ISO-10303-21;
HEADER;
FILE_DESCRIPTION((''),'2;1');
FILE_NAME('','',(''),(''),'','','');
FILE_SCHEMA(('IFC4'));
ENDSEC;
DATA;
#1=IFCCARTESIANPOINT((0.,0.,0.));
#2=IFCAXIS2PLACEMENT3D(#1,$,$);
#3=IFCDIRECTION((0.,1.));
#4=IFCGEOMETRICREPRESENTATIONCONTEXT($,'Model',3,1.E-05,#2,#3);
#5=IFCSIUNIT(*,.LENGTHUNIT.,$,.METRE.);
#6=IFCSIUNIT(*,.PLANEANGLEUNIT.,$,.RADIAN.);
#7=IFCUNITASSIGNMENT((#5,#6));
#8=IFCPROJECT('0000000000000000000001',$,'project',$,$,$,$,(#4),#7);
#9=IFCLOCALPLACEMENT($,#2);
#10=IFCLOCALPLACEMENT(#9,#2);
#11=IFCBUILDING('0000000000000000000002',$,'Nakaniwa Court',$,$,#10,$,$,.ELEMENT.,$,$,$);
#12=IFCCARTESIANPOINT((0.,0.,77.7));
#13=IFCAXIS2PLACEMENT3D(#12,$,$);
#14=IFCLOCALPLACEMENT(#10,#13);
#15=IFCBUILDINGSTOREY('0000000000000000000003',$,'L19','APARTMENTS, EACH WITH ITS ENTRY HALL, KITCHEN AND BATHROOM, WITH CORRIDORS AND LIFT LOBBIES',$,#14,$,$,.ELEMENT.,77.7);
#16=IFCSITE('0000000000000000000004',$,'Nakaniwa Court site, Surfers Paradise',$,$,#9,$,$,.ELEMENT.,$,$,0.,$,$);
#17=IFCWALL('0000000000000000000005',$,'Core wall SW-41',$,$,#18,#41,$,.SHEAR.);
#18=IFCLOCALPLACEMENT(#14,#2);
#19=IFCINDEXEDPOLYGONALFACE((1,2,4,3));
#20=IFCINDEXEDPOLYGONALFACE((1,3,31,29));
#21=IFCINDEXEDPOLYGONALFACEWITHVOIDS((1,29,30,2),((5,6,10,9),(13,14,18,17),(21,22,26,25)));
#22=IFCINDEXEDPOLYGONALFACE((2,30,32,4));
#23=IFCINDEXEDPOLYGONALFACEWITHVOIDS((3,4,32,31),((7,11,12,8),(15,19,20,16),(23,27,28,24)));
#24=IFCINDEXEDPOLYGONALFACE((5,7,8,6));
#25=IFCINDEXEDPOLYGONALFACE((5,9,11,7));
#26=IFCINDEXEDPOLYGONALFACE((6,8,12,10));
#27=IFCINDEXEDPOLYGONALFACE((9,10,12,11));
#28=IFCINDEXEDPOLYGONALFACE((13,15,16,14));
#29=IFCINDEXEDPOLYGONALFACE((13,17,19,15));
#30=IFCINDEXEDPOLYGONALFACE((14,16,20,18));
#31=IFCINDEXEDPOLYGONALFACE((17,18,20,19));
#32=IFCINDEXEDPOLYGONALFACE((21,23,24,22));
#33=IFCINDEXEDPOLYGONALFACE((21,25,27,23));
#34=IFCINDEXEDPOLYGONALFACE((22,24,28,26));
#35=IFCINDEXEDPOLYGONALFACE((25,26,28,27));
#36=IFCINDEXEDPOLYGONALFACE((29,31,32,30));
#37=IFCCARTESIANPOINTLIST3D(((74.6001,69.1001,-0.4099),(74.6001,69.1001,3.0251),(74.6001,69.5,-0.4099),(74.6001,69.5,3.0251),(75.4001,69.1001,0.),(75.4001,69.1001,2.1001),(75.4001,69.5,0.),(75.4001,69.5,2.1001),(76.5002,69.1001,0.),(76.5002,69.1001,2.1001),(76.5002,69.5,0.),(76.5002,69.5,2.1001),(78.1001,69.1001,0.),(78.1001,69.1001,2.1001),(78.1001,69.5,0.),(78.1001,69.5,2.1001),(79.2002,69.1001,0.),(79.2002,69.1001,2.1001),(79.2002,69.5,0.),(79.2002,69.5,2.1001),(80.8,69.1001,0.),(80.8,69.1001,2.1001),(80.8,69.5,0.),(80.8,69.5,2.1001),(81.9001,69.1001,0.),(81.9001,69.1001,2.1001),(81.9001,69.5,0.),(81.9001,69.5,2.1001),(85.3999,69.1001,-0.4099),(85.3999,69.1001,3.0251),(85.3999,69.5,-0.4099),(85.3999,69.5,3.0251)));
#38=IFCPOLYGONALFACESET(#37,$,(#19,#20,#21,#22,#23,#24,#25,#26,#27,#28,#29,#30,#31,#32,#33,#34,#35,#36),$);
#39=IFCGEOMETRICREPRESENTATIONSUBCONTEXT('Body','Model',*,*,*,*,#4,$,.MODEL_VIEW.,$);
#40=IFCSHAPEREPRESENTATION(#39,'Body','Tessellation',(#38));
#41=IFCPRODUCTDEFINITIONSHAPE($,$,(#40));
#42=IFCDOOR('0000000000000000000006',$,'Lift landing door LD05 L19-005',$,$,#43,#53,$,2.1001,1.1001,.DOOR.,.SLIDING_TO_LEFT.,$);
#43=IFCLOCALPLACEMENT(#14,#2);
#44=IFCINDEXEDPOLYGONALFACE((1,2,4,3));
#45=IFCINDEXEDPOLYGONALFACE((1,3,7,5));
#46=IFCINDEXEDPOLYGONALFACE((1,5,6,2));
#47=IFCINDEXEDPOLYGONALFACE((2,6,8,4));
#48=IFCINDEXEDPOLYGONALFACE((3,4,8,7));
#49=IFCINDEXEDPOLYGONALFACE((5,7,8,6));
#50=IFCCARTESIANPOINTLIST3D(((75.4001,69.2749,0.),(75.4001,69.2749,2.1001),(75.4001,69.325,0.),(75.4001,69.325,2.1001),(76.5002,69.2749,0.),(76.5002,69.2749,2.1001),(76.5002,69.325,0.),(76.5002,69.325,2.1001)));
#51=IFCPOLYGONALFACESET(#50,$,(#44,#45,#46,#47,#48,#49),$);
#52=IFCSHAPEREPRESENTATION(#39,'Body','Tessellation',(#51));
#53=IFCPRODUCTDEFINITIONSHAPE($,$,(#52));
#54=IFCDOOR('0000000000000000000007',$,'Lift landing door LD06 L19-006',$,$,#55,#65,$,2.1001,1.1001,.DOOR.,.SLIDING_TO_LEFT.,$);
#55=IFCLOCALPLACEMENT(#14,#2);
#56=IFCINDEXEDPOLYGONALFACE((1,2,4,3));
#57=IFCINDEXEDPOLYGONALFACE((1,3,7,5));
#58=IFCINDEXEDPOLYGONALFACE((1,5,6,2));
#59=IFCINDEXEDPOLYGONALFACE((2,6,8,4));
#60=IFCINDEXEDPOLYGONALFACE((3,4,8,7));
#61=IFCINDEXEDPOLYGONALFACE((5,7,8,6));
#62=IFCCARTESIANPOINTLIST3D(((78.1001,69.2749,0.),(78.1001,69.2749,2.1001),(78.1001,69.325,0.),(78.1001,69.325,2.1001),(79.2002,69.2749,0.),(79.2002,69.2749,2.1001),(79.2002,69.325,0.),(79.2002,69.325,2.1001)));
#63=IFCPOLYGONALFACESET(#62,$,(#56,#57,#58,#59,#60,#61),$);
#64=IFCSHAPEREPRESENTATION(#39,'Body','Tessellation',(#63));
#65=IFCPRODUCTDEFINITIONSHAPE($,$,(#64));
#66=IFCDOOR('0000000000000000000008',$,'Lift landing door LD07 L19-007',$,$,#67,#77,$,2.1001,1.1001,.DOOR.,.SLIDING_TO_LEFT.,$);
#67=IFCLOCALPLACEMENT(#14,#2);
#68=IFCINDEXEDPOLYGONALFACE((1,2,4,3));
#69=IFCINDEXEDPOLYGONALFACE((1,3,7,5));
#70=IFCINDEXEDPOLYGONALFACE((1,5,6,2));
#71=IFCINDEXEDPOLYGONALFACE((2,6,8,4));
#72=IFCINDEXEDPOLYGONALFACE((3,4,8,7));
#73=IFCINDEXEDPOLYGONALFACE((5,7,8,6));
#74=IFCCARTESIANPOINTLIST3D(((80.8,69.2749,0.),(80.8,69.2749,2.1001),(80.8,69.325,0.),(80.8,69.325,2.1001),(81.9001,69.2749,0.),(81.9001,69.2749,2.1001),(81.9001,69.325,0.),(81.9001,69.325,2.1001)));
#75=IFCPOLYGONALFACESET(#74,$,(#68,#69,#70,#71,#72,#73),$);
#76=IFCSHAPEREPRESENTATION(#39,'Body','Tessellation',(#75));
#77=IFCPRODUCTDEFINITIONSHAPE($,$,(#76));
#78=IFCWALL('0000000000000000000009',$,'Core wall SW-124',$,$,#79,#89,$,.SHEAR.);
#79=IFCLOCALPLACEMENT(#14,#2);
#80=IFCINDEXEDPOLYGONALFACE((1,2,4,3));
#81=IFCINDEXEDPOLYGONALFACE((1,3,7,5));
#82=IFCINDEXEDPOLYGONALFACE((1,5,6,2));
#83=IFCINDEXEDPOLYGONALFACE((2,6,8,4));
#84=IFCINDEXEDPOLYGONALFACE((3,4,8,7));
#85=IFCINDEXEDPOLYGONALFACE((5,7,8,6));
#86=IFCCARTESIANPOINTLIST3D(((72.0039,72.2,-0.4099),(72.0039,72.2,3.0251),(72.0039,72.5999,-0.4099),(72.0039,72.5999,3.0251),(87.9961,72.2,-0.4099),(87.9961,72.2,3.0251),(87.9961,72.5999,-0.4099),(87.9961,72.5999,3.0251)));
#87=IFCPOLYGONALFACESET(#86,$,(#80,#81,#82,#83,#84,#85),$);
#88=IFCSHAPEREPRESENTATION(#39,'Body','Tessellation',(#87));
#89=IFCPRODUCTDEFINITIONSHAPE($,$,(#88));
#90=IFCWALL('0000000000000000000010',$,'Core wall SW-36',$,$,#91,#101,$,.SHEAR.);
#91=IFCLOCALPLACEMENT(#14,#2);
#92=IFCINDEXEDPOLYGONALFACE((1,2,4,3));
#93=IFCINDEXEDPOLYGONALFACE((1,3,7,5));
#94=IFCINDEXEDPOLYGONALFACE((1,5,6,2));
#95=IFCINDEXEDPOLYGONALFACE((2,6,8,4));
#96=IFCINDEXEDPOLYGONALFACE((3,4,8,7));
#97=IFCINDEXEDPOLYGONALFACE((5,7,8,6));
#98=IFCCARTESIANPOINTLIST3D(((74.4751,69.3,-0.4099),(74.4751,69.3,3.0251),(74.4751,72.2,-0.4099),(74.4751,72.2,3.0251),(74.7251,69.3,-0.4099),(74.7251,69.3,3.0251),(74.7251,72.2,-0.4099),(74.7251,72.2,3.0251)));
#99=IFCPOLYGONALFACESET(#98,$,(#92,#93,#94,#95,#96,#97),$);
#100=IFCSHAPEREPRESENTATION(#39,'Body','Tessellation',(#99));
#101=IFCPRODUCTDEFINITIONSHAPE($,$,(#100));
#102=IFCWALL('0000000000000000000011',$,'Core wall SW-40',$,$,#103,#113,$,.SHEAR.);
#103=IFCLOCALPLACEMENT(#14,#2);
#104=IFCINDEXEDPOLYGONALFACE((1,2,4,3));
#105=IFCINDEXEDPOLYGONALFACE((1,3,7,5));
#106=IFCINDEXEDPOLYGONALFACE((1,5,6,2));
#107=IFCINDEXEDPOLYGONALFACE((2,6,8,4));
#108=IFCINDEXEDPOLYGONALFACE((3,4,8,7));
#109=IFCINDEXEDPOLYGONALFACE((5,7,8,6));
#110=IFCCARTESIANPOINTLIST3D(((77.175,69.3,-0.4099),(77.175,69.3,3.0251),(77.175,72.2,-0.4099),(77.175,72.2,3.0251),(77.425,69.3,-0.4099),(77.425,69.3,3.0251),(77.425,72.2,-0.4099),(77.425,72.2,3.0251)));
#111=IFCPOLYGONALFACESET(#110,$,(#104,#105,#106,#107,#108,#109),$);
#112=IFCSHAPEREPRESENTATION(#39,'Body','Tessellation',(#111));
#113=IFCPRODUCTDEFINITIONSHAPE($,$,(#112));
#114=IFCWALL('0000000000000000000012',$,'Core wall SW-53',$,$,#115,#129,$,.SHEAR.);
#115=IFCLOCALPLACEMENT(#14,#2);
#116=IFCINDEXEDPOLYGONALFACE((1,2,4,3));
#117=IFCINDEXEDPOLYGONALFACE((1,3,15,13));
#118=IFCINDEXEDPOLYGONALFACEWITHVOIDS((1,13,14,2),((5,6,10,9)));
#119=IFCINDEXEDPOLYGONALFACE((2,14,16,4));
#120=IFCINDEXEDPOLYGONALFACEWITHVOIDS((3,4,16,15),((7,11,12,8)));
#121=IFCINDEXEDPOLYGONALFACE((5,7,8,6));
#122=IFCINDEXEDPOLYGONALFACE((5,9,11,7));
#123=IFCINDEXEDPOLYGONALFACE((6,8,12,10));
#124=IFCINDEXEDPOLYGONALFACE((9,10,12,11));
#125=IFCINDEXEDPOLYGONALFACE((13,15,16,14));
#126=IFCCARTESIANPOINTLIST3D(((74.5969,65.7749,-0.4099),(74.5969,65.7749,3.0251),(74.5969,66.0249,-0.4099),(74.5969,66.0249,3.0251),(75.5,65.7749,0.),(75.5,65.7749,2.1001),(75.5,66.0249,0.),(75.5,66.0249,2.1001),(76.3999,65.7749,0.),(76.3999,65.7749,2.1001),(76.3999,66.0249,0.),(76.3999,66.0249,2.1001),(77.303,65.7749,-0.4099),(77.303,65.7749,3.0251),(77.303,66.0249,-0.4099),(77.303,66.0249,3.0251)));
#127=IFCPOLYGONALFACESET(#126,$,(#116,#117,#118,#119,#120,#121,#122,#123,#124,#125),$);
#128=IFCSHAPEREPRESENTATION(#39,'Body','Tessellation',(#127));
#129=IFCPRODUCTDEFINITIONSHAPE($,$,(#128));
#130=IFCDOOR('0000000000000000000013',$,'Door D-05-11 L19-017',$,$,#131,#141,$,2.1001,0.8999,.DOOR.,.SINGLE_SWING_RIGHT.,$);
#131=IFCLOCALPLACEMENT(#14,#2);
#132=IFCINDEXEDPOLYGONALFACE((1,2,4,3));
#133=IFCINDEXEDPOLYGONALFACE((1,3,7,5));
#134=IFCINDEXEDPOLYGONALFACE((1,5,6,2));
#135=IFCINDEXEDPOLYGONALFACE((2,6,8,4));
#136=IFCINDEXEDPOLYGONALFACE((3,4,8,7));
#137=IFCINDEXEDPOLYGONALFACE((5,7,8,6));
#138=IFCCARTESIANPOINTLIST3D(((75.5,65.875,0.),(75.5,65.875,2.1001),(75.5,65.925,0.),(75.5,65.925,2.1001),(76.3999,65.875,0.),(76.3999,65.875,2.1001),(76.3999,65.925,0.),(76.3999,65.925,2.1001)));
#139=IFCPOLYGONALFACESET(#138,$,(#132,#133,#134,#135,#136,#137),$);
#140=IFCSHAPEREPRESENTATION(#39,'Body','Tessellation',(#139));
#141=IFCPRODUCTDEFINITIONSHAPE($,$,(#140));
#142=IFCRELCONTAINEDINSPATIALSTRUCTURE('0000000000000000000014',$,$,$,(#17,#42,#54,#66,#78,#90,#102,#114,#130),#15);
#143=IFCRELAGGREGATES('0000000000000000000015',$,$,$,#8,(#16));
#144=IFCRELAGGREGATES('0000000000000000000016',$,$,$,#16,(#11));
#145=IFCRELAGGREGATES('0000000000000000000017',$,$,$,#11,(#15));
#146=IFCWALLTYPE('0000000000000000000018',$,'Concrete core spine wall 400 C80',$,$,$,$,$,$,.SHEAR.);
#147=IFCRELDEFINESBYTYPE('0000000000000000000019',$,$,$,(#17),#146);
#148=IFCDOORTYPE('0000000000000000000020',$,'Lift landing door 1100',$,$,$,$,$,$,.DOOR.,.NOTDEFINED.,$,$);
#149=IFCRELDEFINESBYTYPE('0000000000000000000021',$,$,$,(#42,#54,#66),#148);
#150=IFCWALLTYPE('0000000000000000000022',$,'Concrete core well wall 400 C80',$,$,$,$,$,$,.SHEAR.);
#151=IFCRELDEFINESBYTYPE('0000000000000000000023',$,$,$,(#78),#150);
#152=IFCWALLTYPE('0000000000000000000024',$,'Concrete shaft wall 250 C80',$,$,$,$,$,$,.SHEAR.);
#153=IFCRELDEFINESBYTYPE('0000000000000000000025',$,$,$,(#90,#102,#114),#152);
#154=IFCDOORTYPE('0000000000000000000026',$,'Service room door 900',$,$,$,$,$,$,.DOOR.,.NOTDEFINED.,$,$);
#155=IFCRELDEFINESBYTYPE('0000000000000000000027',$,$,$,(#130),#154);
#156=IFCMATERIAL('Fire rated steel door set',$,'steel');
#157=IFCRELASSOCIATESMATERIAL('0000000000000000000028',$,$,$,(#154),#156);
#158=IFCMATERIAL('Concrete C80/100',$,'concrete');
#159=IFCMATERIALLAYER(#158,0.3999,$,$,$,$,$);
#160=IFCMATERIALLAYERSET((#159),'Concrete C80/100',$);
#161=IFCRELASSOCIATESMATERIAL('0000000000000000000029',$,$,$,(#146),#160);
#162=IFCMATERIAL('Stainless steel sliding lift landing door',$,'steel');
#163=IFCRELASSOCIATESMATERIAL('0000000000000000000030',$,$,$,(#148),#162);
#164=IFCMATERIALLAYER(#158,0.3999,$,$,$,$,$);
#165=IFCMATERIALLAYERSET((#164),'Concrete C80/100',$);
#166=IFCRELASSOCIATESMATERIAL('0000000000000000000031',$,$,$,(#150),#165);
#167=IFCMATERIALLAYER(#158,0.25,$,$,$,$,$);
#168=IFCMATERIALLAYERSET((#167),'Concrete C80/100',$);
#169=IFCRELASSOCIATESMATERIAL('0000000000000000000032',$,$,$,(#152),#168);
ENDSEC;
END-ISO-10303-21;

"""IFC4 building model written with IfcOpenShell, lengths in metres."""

from ifc_helpers import new_model, si_unit, direction, frame, frame_2d, origin, place, context, subcontext, project, spatial, rectangle, extrude, material, layer, layer_set, type_object, element, fill, save


model = new_model("IFC4")

# Units and contexts
model_context = context("Model", 3, precision=1e-05, world=origin(), true_north=direction((0.0, 1.0)))
body_context = subcontext(model_context, "Body", "Model", "MODEL_VIEW")
ifc_project = project(units=[si_unit("LENGTHUNIT", "METRE"), si_unit("PLANEANGLEUNIT", "RADIAN")], contexts=[model_context])

# Site, building, storey
site_placement = place(None, origin())
site = spatial("IfcSite", under=ifc_project, at=site_placement, Name="Nakaniwa Court site, Surfers Paradise", CompositionType="ELEMENT", RefElevation=0.0)
building_placement = place(site_placement, origin())
building = spatial("IfcBuilding", under=site, at=building_placement, Name="Nakaniwa Court", CompositionType="ELEMENT")
storey_placement = place(building_placement, frame((0.0, 0.0, 77.7)))
storey = spatial("IfcBuildingStorey", under=building, at=storey_placement, Name="L19", Description="APARTMENTS, EACH WITH ITS ENTRY HALL, KITCHEN AND BATHROOM, WITH CORRIDORS AND LIFT LOBBIES", CompositionType="ELEMENT", Elevation=77.7)

# Shared definitions
ifc_material_1 = material(Name="Concrete C80/100", Category="concrete")

# Shared definitions
ifc_material_2 = material(Name="Fire rated steel door set", Category="steel")
door_type_1 = type_object("IfcDoorType", Name="Service room door 900", OperationType="NOTDEFINED", PredefinedType="DOOR", material=ifc_material_2)

# Wall, openings, doors
ifc_layer_1 = layer(ifc_material_1, 0.3999)
ifc_layer_set_1 = layer_set([ifc_layer_1], Name="Concrete C80/100")
wall_type_1 = type_object("IfcWallType", Name="Concrete core spine wall 400 C80", PredefinedType="SHEAR", material=ifc_layer_set_1)
wall_1_placement = place(storey_placement, frame((74.6001, 69.3, -0.4099), z_axis=(0.0, 0.0, 1.0), x_axis=(1.0, 0.0, 0.0)))
wall_1 = element("IfcWall", 1, at=wall_1_placement, inside=storey, type_object=wall_type_1, Name="Core wall SW-41", PredefinedType="SHEAR", context=body_context, shape_type="SweptSolid", body=[
    extrude(rectangle(XDim=10.7998, YDim=0.3999, at=frame_2d((5.3999, 0.0))), origin(), (0.0, 0.0, 1.0), 3.4351),
])
opening_1_placement = place(wall_1_placement, frame((0.8, 0.0, 0.4099)))
opening_1 = element("IfcOpeningElement", 2, at=opening_1_placement, cuts=wall_1, PredefinedType="OPENING", context=body_context, shape_type="SweptSolid", body=[
    extrude(rectangle(XDim=1.1001, YDim=2.1001, at=frame_2d((0.55, 1.05))), frame((0.0, 0.21, 0.0), z_axis=(0.0, -1.0, 0.0), x_axis=(1.0, 0.0, 0.0)), (0.0, 0.0, 1.0), 0.4199),
])
opening_2_placement = place(wall_1_placement, frame((3.5, 0.0, 0.4099)))
opening_2 = element("IfcOpeningElement", 3, at=opening_2_placement, cuts=wall_1, PredefinedType="OPENING", context=body_context, shape_type="SweptSolid", body=[
    extrude(rectangle(XDim=1.1001, YDim=2.1001, at=frame_2d((0.55, 1.05))), frame((0.0, 0.21, 0.0), z_axis=(0.0, -1.0, 0.0), x_axis=(1.0, 0.0, 0.0)), (0.0, 0.0, 1.0), 0.4199),
])
opening_3_placement = place(wall_1_placement, frame((6.2, 0.0, 0.4099)))
opening_3 = element("IfcOpeningElement", 4, at=opening_3_placement, cuts=wall_1, PredefinedType="OPENING", context=body_context, shape_type="SweptSolid", body=[
    extrude(rectangle(XDim=1.1001, YDim=2.1001, at=frame_2d((0.55, 1.05))), frame((0.0, 0.21, 0.0), z_axis=(0.0, -1.0, 0.0), x_axis=(1.0, 0.0, 0.0)), (0.0, 0.0, 1.0), 0.4199),
])
ifc_material_3 = material(Name="Stainless steel sliding lift landing door", Category="steel")
door_type_2 = type_object("IfcDoorType", Name="Lift landing door 1100", OperationType="NOTDEFINED", PredefinedType="DOOR", material=ifc_material_3)
door_1_placement = place(opening_1_placement, origin())
door_1 = element("IfcDoor", 5, at=door_1_placement, inside=storey, type_object=door_type_2, Name="Lift landing door LD05 L19-005", OperationType="SLIDING_TO_LEFT", OverallHeight=2.1001, OverallWidth=1.1001, PredefinedType="DOOR", context=body_context, shape_type="SweptSolid", body=[
    extrude(rectangle(XDim=1.1001, YDim=2.1001, at=frame_2d((0.55, 1.05))), frame((0.0, 0.0249, 0.0), z_axis=(0.0, -1.0, 0.0), x_axis=(1.0, 0.0, 0.0)), (0.0, 0.0, 1.0), 0.05),
])
fill(opening_1, door_1)
door_2_placement = place(opening_2_placement, origin())
door_2 = element("IfcDoor", 6, at=door_2_placement, inside=storey, type_object=door_type_2, Name="Lift landing door LD06 L19-006", OperationType="SLIDING_TO_LEFT", OverallHeight=2.1001, OverallWidth=1.1001, PredefinedType="DOOR", context=body_context, shape_type="SweptSolid", body=[
    extrude(rectangle(XDim=1.1001, YDim=2.1001, at=frame_2d((0.55, 1.05))), frame((0.0, 0.0249, 0.0), z_axis=(0.0, -1.0, 0.0), x_axis=(1.0, 0.0, 0.0)), (0.0, 0.0, 1.0), 0.05),
])
fill(opening_2, door_2)
door_3_placement = place(opening_3_placement, origin())
door_3 = element("IfcDoor", 7, at=door_3_placement, inside=storey, type_object=door_type_2, Name="Lift landing door LD07 L19-007", OperationType="SLIDING_TO_LEFT", OverallHeight=2.1001, OverallWidth=1.1001, PredefinedType="DOOR", context=body_context, shape_type="SweptSolid", body=[
    extrude(rectangle(XDim=1.1001, YDim=2.1001, at=frame_2d((0.55, 1.05))), frame((0.0, 0.0249, 0.0), z_axis=(0.0, -1.0, 0.0), x_axis=(1.0, 0.0, 0.0)), (0.0, 0.0, 1.0), 0.05),
])
fill(opening_3, door_3)

# Walls
ifc_layer_2 = layer(ifc_material_1, 0.3999)
ifc_layer_set_2 = layer_set([ifc_layer_2], Name="Concrete C80/100")
wall_type_2 = type_object("IfcWallType", Name="Concrete core well wall 400 C80", PredefinedType="SHEAR", material=ifc_layer_set_2)
wall_2_placement = place(storey_placement, frame((72.0039, 72.3999, -0.4099), z_axis=(0.0, 0.0, 1.0), x_axis=(1.0, 0.0, 0.0)))
element("IfcWall", 8, at=wall_2_placement, inside=storey, type_object=wall_type_2, Name="Core wall SW-124", PredefinedType="SHEAR", context=body_context, shape_type="SweptSolid", body=[
    extrude(rectangle(XDim=15.9922, YDim=0.3999, at=frame_2d((7.9961, 0.0))), origin(), (0.0, 0.0, 1.0), 3.4351),
])
ifc_layer_3 = layer(ifc_material_1, 0.25)
ifc_layer_set_3 = layer_set([ifc_layer_3], Name="Concrete C80/100")
wall_type_3 = type_object("IfcWallType", Name="Concrete shaft wall 250 C80", PredefinedType="SHEAR", material=ifc_layer_set_3)
for number, where, z_axis, x_axis, name in (
    (9, (74.6001, 69.3, -0.4099), (0.0, 0.0, 1.0), (0.0, 1.0, 0.0), "Core wall SW-36"),
    (10, (77.3, 69.3, -0.4099), (0.0, 0.0, 1.0), (0.0, 1.0, 0.0), "Core wall SW-40"),
):
    element("IfcWall", number, at=place(storey_placement, frame(where, z_axis=z_axis, x_axis=x_axis)), inside=storey, type_object=wall_type_3, Name=name, PredefinedType="SHEAR", context=body_context, shape_type="SweptSolid", body=[
        extrude(rectangle(XDim=2.8999, YDim=0.25, at=frame_2d((1.45, 0.0))), origin(), (0.0, 0.0, 1.0), 3.4351),
    ])

# Wall, opening, door
wall_3_placement = place(storey_placement, frame((77.303, 65.8999, -0.4099), z_axis=(0.0, 0.0, 1.0), x_axis=(-1.0, 0.0, 0.0)))
wall_3 = element("IfcWall", 11, at=wall_3_placement, inside=storey, type_object=wall_type_3, Name="Core wall SW-53", PredefinedType="SHEAR", context=body_context, shape_type="SweptSolid", body=[
    extrude(rectangle(XDim=2.7061, YDim=0.25, at=frame_2d((1.353, 0.0))), origin(), (0.0, 0.0, 1.0), 3.4351),
])
opening_4_placement = place(wall_3_placement, frame((0.9031, 0.0, 0.4099)))
opening_4 = element("IfcOpeningElement", 12, at=opening_4_placement, cuts=wall_3, PredefinedType="OPENING", context=body_context, shape_type="SweptSolid", body=[
    extrude(rectangle(XDim=0.8999, YDim=2.1001, at=frame_2d((0.45, 1.05))), frame((0.0, 0.135, 0.0), z_axis=(0.0, -1.0, 0.0), x_axis=(1.0, 0.0, 0.0)), (0.0, 0.0, 1.0), 0.27),
])
door_4_placement = place(opening_4_placement, origin())
door_4 = element("IfcDoor", 13, at=door_4_placement, inside=storey, type_object=door_type_1, Name="Door D-05-11 L19-017", OperationType="SINGLE_SWING_RIGHT", OverallHeight=2.1001, OverallWidth=0.8999, PredefinedType="DOOR", context=body_context, shape_type="SweptSolid", body=[
    extrude(rectangle(XDim=0.8999, YDim=2.1001, at=frame_2d((0.45, 1.05))), frame((0.0, 0.0249, 0.0), z_axis=(0.0, -1.0, 0.0), x_axis=(1.0, 0.0, 0.0)), (0.0, 0.0, 1.0), 0.05),
])
fill(opening_4, door_4)

save(model, "model.ifc")
